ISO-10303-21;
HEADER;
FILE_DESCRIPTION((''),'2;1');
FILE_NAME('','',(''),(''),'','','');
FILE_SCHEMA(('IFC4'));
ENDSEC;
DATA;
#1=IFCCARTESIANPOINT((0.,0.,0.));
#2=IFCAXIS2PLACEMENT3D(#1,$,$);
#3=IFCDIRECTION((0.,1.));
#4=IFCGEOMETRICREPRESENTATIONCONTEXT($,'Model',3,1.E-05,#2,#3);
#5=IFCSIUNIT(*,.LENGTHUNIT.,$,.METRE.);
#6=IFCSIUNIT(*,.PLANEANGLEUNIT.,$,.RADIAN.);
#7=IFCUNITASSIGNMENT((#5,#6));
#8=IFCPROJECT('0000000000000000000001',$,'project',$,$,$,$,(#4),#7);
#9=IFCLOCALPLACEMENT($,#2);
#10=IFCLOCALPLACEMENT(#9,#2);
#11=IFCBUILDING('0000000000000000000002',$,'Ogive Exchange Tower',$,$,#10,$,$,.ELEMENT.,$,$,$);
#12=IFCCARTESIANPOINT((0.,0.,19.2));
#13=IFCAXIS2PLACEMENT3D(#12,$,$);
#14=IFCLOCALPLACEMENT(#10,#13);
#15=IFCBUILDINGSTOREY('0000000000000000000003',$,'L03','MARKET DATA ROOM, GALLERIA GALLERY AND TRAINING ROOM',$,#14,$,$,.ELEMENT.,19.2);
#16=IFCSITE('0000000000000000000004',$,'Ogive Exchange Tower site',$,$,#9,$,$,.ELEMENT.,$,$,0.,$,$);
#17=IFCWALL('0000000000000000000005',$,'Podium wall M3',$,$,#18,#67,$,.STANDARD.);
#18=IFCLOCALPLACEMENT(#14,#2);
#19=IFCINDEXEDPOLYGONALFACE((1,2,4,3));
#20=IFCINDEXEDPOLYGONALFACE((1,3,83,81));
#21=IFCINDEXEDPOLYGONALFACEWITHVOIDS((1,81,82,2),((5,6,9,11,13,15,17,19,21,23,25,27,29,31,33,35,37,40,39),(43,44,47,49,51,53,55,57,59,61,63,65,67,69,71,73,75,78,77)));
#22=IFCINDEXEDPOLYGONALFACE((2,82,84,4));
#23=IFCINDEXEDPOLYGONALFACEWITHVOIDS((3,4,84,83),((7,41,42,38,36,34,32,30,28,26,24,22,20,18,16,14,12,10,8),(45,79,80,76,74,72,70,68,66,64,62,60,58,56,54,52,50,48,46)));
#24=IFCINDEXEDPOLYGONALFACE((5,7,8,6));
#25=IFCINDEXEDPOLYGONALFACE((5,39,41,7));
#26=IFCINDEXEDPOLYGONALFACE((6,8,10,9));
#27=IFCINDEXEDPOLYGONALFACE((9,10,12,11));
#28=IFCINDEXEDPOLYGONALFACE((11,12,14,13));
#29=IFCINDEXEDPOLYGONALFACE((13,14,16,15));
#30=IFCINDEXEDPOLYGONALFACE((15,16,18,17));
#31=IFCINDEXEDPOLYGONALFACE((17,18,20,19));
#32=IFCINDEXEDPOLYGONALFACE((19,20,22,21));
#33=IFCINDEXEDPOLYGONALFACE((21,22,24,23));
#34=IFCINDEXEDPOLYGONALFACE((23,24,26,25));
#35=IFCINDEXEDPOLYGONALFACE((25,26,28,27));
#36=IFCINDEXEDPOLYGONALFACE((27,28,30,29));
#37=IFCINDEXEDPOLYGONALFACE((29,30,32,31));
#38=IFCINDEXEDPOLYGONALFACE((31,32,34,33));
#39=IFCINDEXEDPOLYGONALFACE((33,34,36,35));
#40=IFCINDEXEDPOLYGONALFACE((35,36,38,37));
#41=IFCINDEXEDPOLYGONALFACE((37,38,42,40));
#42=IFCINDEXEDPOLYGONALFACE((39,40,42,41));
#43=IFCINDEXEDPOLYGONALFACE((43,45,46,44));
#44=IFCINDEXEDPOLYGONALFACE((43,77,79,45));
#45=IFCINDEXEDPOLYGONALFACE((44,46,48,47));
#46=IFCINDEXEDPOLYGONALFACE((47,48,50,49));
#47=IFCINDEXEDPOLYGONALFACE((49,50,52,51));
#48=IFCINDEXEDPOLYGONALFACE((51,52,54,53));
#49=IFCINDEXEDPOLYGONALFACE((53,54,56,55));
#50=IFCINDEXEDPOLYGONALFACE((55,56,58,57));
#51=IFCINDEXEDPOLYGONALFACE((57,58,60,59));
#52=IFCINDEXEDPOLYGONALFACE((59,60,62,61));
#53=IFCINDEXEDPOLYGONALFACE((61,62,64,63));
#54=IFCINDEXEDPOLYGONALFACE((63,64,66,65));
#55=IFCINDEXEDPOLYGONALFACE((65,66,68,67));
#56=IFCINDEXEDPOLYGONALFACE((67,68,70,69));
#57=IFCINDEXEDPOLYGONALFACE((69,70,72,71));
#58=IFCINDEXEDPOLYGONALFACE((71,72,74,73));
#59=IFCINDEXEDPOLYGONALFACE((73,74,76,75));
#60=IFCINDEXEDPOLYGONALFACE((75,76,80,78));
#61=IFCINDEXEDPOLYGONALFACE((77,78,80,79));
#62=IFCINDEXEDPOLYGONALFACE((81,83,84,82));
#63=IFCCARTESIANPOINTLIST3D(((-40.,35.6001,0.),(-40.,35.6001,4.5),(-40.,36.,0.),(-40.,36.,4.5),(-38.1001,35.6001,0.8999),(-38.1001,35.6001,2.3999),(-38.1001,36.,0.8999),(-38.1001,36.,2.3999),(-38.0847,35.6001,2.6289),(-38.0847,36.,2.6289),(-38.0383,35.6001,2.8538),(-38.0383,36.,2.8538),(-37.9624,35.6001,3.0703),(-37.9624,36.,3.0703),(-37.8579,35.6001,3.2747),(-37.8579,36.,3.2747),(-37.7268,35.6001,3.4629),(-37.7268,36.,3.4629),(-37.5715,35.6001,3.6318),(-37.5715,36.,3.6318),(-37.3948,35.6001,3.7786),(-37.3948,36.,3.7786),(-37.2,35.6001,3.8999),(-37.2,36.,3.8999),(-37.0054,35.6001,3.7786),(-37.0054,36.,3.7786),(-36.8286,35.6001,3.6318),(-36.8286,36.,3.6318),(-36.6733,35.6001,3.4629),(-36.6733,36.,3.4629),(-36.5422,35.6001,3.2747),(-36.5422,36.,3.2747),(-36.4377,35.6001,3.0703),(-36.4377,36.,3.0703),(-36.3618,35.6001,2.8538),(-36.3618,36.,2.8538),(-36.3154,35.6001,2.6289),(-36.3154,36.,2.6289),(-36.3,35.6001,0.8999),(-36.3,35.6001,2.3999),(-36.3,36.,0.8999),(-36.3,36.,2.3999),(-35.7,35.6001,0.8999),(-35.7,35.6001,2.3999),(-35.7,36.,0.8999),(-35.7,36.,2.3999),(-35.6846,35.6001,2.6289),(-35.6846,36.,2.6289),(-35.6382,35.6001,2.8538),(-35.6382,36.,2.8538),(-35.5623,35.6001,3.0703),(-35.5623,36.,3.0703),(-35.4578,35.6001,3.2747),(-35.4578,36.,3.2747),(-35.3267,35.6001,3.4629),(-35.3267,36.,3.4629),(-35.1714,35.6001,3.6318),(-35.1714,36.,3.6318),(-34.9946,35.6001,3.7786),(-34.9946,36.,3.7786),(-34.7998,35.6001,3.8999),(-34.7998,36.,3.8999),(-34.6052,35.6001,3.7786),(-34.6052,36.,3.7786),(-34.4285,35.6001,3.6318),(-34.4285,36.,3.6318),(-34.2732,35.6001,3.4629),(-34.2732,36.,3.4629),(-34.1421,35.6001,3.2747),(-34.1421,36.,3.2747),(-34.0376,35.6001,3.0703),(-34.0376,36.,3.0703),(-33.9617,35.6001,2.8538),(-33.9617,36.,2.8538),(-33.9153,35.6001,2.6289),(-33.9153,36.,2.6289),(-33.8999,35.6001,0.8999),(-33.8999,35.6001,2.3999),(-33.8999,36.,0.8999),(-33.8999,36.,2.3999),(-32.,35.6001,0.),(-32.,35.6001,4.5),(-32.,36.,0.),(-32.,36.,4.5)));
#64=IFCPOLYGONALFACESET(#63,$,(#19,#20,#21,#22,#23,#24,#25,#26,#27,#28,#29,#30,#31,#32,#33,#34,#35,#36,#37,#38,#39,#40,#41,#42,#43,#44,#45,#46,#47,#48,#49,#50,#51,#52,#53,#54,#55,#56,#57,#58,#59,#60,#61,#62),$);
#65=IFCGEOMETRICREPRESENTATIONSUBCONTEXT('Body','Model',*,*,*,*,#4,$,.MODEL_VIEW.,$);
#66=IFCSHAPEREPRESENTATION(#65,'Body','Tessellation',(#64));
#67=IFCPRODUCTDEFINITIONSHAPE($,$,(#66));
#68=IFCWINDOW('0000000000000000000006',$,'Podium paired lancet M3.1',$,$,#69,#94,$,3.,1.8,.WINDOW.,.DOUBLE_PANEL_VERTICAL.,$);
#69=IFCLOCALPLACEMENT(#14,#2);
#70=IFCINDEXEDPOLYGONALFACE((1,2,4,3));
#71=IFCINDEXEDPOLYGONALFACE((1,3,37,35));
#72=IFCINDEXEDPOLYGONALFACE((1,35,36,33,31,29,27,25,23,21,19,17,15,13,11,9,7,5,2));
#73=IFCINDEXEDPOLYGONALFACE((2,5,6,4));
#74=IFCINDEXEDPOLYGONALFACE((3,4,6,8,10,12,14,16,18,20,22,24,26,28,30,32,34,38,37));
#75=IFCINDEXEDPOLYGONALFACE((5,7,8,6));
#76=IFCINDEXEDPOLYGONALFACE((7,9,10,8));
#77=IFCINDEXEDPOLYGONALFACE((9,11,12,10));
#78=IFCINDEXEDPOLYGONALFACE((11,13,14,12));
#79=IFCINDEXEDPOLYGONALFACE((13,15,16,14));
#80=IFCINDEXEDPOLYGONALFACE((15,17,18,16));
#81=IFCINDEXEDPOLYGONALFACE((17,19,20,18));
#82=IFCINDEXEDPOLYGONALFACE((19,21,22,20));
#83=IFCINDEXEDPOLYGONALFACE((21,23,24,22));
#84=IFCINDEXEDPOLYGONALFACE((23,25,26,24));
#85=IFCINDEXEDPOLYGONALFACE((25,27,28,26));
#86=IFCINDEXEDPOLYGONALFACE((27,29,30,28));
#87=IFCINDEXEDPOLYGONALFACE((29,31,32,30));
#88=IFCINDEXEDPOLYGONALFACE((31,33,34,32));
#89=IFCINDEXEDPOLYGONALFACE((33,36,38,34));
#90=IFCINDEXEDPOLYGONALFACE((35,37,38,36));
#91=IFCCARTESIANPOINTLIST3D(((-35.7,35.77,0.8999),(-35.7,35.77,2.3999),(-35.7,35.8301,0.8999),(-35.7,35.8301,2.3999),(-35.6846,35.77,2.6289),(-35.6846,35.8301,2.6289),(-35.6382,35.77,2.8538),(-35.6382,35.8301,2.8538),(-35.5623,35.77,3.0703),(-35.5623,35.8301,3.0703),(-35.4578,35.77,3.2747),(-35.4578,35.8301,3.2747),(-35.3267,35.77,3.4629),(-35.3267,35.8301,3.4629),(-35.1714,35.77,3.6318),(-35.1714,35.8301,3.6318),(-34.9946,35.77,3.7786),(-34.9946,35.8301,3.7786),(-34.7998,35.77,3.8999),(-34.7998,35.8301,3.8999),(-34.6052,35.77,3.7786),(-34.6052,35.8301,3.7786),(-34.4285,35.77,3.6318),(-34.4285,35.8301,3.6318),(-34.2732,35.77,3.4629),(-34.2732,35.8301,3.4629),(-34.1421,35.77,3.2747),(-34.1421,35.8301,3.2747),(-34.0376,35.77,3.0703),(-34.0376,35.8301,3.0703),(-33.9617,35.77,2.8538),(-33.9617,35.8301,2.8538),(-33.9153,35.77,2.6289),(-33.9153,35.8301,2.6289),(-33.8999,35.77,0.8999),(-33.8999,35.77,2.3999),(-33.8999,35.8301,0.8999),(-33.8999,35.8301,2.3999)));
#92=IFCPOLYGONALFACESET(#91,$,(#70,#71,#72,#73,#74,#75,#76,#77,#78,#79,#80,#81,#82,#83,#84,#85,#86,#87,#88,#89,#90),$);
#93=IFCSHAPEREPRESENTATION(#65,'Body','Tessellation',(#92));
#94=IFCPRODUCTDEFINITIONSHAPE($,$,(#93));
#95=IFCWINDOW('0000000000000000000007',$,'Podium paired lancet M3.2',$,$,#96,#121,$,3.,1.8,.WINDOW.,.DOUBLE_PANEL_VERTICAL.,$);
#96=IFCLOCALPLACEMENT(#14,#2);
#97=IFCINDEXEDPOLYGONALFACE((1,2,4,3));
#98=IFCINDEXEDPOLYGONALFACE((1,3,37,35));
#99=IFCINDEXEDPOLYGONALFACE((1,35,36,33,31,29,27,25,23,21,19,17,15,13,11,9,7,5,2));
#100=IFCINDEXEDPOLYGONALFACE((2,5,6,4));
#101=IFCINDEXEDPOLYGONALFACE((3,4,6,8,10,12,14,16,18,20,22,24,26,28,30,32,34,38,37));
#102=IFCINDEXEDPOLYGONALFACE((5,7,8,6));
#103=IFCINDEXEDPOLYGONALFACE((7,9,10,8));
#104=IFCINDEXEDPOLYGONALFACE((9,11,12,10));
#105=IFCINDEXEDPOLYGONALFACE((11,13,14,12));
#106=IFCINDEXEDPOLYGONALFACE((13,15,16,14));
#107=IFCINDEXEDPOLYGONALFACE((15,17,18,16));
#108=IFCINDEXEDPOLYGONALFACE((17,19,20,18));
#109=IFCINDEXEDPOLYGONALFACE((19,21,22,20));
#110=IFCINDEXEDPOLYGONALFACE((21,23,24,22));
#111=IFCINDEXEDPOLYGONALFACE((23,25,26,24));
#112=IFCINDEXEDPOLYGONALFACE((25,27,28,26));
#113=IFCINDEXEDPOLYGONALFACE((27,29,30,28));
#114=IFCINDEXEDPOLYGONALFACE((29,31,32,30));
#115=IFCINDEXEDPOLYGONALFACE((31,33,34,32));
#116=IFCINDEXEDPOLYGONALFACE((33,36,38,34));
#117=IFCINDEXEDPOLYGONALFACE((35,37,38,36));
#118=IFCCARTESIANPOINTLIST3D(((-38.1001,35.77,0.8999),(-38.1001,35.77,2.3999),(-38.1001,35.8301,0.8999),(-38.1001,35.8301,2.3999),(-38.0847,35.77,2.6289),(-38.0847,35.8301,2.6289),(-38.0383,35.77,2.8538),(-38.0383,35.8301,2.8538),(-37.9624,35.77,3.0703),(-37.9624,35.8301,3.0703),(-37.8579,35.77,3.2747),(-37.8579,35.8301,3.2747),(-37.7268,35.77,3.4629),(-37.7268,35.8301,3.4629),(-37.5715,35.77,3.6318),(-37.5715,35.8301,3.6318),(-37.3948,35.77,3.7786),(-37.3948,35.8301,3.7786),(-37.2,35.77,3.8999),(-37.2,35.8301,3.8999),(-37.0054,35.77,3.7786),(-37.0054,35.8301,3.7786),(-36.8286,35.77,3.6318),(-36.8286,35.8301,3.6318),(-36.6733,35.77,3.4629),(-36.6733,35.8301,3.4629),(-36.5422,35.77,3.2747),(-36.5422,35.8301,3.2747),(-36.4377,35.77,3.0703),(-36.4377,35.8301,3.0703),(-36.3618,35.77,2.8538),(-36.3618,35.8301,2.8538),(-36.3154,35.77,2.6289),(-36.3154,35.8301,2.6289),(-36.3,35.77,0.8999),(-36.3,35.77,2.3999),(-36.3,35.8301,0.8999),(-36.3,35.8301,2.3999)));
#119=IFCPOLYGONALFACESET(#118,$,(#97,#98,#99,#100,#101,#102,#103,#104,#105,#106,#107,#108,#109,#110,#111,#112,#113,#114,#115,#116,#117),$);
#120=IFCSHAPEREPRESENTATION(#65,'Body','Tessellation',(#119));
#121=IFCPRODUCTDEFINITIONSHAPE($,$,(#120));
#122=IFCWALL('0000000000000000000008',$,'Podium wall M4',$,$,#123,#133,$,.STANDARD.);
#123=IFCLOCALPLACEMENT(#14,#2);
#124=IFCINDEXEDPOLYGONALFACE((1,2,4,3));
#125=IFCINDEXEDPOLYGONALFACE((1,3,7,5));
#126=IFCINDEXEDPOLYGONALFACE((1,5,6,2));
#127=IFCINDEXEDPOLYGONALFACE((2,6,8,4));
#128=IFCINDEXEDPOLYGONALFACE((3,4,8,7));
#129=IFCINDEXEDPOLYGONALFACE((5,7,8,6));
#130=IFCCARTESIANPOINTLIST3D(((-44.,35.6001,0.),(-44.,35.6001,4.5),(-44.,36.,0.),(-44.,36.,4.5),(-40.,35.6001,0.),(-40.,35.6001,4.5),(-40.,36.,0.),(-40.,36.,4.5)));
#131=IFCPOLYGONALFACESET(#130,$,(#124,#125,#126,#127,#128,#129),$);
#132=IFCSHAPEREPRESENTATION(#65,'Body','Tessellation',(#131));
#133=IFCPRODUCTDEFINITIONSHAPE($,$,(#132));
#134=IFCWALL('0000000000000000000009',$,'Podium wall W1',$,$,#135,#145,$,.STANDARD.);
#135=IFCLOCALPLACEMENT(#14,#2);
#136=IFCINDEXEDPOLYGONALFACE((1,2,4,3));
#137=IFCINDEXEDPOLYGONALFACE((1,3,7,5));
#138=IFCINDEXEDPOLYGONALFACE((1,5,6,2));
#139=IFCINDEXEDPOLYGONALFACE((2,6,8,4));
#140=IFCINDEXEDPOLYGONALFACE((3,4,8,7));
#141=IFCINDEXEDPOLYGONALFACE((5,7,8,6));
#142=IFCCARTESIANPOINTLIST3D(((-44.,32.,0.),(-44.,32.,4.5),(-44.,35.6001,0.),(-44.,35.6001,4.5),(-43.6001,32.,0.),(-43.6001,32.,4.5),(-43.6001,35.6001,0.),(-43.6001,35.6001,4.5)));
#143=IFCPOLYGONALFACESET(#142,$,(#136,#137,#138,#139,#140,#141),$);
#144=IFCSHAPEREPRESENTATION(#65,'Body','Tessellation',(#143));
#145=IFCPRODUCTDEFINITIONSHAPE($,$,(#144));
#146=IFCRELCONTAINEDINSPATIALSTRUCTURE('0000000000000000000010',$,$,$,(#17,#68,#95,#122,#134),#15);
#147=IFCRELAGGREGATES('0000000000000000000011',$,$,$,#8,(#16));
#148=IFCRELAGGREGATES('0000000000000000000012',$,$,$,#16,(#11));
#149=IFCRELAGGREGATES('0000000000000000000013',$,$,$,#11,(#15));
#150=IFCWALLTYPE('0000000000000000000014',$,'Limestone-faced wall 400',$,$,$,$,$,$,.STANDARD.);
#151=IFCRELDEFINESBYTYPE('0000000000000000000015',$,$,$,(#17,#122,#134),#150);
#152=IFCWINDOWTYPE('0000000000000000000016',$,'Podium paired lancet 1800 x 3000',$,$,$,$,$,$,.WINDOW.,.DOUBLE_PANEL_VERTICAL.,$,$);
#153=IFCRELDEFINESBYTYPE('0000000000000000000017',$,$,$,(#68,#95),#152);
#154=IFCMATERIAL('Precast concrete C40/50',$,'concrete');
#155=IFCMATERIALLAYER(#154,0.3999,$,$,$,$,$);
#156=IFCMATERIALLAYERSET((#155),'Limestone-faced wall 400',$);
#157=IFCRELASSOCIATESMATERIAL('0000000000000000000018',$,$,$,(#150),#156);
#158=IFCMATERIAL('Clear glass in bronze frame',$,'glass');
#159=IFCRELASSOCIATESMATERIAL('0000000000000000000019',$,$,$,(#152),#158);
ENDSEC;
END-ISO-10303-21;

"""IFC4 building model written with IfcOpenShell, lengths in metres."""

from ifc_helpers import new_model, si_unit, direction, frame, frame_2d, origin, place, context, subcontext, project, spatial, polyline, rectangle, outline, extrude, material, layer, layer_set, type_object, element, fill, save


model = new_model("IFC4")

# Units and contexts
model_context = context("Model", 3, precision=1e-05, world=origin(), true_north=direction((0.0, 1.0)))
body_context = subcontext(model_context, "Body", "Model", "MODEL_VIEW")
ifc_project = project(units=[si_unit("LENGTHUNIT", "METRE"), si_unit("PLANEANGLEUNIT", "RADIAN")], contexts=[model_context])

# Site, building, storey
site_placement = place(None, origin())
site = spatial("IfcSite", under=ifc_project, at=site_placement, Name="Ogive Exchange Tower site", CompositionType="ELEMENT", RefElevation=0.0)
building_placement = place(site_placement, origin())
building = spatial("IfcBuilding", under=site, at=building_placement, Name="Ogive Exchange Tower", CompositionType="ELEMENT")
storey_placement = place(building_placement, frame((0.0, 0.0, 19.2)))
storey = spatial("IfcBuildingStorey", under=building, at=storey_placement, Name="L03", Description="MARKET DATA ROOM, GALLERIA GALLERY AND TRAINING ROOM", CompositionType="ELEMENT", Elevation=19.2)

# Wall, openings, windows
ifc_material_1 = material(Name="Precast concrete C40/50", Category="concrete")
ifc_layer_1 = layer(ifc_material_1, 0.3999)
ifc_layer_set_1 = layer_set([ifc_layer_1], Name="Limestone-faced wall 400")
wall_type_1 = type_object("IfcWallType", Name="Limestone-faced wall 400", PredefinedType="STANDARD", material=ifc_layer_set_1)
wall_1_placement = place(storey_placement, frame((-32.0, 35.8, 0.0), z_axis=(0.0, 0.0, 1.0), x_axis=(-1.0, 0.0, 0.0)))
wall_1 = element("IfcWall", 1, at=wall_1_placement, inside=storey, type_object=wall_type_1, Name="Podium wall M3", PredefinedType="STANDARD", context=body_context, shape_type="SweptSolid", body=[
    extrude(rectangle(XDim=8.0, YDim=0.3999, at=frame_2d((4.0, 0.0))), origin(), (0.0, 0.0, 1.0), 4.5),
])
opening_1_placement = place(wall_1_placement, frame((1.8999, 0.0, 0.8999)))
opening_1 = element("IfcOpeningElement", 2, at=opening_1_placement, cuts=wall_1, PredefinedType="OPENING", context=body_context, shape_type="SweptSolid", body=[
    extrude(outline(polyline([(0.0, 0.0), (1.8, 0.0), (1.8, 1.5), (1.7847, 1.729), (1.7383, 1.9539), (1.6624, 2.1704), (1.5579, 2.3748), (1.4268, 2.563), (1.2715, 2.7319), (1.0947, 2.8787), (0.8999, 3.0), (0.7053, 2.8787), (0.5286, 2.7319), (0.3733, 2.563), (0.2422, 2.3748), (0.1377, 2.1704), (0.0618, 1.9539), (0.0154, 1.729), (0.0, 1.5), (0.0, 0.0)])), frame((0.0, 0.21, 0.0), z_axis=(0.0, -1.0, 0.0), x_axis=(1.0, 0.0, 0.0)), (0.0, 0.0, 1.0), 0.4199),
])
opening_2_placement = place(wall_1_placement, frame((4.3, 0.0, 0.8999)))
opening_2 = element("IfcOpeningElement", 3, at=opening_2_placement, cuts=wall_1, PredefinedType="OPENING", context=body_context, shape_type="SweptSolid", body=[
    extrude(outline(polyline([(0.0, 0.0), (1.8, 0.0), (1.8, 1.5), (1.7847, 1.729), (1.7383, 1.9539), (1.6624, 2.1704), (1.5579, 2.3748), (1.4268, 2.563), (1.2715, 2.7319), (1.0947, 2.8787), (0.8999, 3.0), (0.7053, 2.8787), (0.5286, 2.7319), (0.3733, 2.563), (0.2422, 2.3748), (0.1377, 2.1704), (0.0618, 1.9539), (0.0154, 1.729), (0.0, 1.5), (0.0, 0.0)])), frame((0.0, 0.21, 0.0), z_axis=(0.0, -1.0, 0.0), x_axis=(1.0, 0.0, 0.0)), (0.0, 0.0, 1.0), 0.4199),
])
ifc_material_2 = material(Name="Clear glass in bronze frame", Category="glass")
window_type_1 = type_object("IfcWindowType", Name="Podium paired lancet 1800 x 3000", PartitioningType="DOUBLE_PANEL_VERTICAL", PredefinedType="WINDOW", material=ifc_material_2)
window_1_placement = place(opening_1_placement, origin())
window_1 = element("IfcWindow", 4, at=window_1_placement, inside=storey, type_object=window_type_1, Name="Podium paired lancet M3.1", OverallHeight=3.0, OverallWidth=1.8, PartitioningType="DOUBLE_PANEL_VERTICAL", PredefinedType="WINDOW", context=body_context, shape_type="SweptSolid", body=[
    extrude(outline(polyline([(0.0, 0.0), (1.8, 0.0), (1.8, 1.5), (1.7847, 1.729), (1.7383, 1.9539), (1.6624, 2.1704), (1.5579, 2.3748), (1.4268, 2.563), (1.2715, 2.7319), (1.0947, 2.8787), (0.8999, 3.0), (0.7053, 2.8787), (0.5286, 2.7319), (0.3733, 2.563), (0.2422, 2.3748), (0.1377, 2.1704), (0.0618, 1.9539), (0.0154, 1.729), (0.0, 1.5), (0.0, 0.0)])), frame((0.0, 0.03, 0.0), z_axis=(0.0, -1.0, 0.0), x_axis=(1.0, 0.0, 0.0)), (0.0, 0.0, 1.0), 0.0601),
])
fill(opening_1, window_1)
window_2_placement = place(opening_2_placement, origin())
window_2 = element("IfcWindow", 5, at=window_2_placement, inside=storey, type_object=window_type_1, Name="Podium paired lancet M3.2", OverallHeight=3.0, OverallWidth=1.8, PartitioningType="DOUBLE_PANEL_VERTICAL", PredefinedType="WINDOW", context=body_context, shape_type="SweptSolid", body=[
    extrude(outline(polyline([(0.0, 0.0), (1.8, 0.0), (1.8, 1.5), (1.7847, 1.729), (1.7383, 1.9539), (1.6624, 2.1704), (1.5579, 2.3748), (1.4268, 2.563), (1.2715, 2.7319), (1.0947, 2.8787), (0.8999, 3.0), (0.7053, 2.8787), (0.5286, 2.7319), (0.3733, 2.563), (0.2422, 2.3748), (0.1377, 2.1704), (0.0618, 1.9539), (0.0154, 1.729), (0.0, 1.5), (0.0, 0.0)])), frame((0.0, 0.03, 0.0), z_axis=(0.0, -1.0, 0.0), x_axis=(1.0, 0.0, 0.0)), (0.0, 0.0, 1.0), 0.0601),
])
fill(opening_2, window_2)

# Walls
wall_2_placement = place(storey_placement, frame((-40.0, 35.8, 0.0), z_axis=(0.0, 0.0, 1.0), x_axis=(-1.0, 0.0, 0.0)))
element("IfcWall", 6, at=wall_2_placement, inside=storey, type_object=wall_type_1, Name="Podium wall M4", PredefinedType="STANDARD", context=body_context, shape_type="SweptSolid", body=[
    extrude(rectangle(XDim=4.0, YDim=0.3999, at=frame_2d((2.0, 0.0))), origin(), (0.0, 0.0, 1.0), 4.5),
])
wall_3_placement = place(storey_placement, frame((-43.8, 35.6001, 0.0), z_axis=(0.0, 0.0, 1.0), x_axis=(0.0, -1.0, 0.0)))
element("IfcWall", 7, at=wall_3_placement, inside=storey, type_object=wall_type_1, Name="Podium wall W1", PredefinedType="STANDARD", context=body_context, shape_type="SweptSolid", body=[
    extrude(rectangle(XDim=3.6001, YDim=0.3999, at=frame_2d((1.8, 0.0))), origin(), (0.0, 0.0, 1.0), 4.5),
])

save(model, "model.ifc")
